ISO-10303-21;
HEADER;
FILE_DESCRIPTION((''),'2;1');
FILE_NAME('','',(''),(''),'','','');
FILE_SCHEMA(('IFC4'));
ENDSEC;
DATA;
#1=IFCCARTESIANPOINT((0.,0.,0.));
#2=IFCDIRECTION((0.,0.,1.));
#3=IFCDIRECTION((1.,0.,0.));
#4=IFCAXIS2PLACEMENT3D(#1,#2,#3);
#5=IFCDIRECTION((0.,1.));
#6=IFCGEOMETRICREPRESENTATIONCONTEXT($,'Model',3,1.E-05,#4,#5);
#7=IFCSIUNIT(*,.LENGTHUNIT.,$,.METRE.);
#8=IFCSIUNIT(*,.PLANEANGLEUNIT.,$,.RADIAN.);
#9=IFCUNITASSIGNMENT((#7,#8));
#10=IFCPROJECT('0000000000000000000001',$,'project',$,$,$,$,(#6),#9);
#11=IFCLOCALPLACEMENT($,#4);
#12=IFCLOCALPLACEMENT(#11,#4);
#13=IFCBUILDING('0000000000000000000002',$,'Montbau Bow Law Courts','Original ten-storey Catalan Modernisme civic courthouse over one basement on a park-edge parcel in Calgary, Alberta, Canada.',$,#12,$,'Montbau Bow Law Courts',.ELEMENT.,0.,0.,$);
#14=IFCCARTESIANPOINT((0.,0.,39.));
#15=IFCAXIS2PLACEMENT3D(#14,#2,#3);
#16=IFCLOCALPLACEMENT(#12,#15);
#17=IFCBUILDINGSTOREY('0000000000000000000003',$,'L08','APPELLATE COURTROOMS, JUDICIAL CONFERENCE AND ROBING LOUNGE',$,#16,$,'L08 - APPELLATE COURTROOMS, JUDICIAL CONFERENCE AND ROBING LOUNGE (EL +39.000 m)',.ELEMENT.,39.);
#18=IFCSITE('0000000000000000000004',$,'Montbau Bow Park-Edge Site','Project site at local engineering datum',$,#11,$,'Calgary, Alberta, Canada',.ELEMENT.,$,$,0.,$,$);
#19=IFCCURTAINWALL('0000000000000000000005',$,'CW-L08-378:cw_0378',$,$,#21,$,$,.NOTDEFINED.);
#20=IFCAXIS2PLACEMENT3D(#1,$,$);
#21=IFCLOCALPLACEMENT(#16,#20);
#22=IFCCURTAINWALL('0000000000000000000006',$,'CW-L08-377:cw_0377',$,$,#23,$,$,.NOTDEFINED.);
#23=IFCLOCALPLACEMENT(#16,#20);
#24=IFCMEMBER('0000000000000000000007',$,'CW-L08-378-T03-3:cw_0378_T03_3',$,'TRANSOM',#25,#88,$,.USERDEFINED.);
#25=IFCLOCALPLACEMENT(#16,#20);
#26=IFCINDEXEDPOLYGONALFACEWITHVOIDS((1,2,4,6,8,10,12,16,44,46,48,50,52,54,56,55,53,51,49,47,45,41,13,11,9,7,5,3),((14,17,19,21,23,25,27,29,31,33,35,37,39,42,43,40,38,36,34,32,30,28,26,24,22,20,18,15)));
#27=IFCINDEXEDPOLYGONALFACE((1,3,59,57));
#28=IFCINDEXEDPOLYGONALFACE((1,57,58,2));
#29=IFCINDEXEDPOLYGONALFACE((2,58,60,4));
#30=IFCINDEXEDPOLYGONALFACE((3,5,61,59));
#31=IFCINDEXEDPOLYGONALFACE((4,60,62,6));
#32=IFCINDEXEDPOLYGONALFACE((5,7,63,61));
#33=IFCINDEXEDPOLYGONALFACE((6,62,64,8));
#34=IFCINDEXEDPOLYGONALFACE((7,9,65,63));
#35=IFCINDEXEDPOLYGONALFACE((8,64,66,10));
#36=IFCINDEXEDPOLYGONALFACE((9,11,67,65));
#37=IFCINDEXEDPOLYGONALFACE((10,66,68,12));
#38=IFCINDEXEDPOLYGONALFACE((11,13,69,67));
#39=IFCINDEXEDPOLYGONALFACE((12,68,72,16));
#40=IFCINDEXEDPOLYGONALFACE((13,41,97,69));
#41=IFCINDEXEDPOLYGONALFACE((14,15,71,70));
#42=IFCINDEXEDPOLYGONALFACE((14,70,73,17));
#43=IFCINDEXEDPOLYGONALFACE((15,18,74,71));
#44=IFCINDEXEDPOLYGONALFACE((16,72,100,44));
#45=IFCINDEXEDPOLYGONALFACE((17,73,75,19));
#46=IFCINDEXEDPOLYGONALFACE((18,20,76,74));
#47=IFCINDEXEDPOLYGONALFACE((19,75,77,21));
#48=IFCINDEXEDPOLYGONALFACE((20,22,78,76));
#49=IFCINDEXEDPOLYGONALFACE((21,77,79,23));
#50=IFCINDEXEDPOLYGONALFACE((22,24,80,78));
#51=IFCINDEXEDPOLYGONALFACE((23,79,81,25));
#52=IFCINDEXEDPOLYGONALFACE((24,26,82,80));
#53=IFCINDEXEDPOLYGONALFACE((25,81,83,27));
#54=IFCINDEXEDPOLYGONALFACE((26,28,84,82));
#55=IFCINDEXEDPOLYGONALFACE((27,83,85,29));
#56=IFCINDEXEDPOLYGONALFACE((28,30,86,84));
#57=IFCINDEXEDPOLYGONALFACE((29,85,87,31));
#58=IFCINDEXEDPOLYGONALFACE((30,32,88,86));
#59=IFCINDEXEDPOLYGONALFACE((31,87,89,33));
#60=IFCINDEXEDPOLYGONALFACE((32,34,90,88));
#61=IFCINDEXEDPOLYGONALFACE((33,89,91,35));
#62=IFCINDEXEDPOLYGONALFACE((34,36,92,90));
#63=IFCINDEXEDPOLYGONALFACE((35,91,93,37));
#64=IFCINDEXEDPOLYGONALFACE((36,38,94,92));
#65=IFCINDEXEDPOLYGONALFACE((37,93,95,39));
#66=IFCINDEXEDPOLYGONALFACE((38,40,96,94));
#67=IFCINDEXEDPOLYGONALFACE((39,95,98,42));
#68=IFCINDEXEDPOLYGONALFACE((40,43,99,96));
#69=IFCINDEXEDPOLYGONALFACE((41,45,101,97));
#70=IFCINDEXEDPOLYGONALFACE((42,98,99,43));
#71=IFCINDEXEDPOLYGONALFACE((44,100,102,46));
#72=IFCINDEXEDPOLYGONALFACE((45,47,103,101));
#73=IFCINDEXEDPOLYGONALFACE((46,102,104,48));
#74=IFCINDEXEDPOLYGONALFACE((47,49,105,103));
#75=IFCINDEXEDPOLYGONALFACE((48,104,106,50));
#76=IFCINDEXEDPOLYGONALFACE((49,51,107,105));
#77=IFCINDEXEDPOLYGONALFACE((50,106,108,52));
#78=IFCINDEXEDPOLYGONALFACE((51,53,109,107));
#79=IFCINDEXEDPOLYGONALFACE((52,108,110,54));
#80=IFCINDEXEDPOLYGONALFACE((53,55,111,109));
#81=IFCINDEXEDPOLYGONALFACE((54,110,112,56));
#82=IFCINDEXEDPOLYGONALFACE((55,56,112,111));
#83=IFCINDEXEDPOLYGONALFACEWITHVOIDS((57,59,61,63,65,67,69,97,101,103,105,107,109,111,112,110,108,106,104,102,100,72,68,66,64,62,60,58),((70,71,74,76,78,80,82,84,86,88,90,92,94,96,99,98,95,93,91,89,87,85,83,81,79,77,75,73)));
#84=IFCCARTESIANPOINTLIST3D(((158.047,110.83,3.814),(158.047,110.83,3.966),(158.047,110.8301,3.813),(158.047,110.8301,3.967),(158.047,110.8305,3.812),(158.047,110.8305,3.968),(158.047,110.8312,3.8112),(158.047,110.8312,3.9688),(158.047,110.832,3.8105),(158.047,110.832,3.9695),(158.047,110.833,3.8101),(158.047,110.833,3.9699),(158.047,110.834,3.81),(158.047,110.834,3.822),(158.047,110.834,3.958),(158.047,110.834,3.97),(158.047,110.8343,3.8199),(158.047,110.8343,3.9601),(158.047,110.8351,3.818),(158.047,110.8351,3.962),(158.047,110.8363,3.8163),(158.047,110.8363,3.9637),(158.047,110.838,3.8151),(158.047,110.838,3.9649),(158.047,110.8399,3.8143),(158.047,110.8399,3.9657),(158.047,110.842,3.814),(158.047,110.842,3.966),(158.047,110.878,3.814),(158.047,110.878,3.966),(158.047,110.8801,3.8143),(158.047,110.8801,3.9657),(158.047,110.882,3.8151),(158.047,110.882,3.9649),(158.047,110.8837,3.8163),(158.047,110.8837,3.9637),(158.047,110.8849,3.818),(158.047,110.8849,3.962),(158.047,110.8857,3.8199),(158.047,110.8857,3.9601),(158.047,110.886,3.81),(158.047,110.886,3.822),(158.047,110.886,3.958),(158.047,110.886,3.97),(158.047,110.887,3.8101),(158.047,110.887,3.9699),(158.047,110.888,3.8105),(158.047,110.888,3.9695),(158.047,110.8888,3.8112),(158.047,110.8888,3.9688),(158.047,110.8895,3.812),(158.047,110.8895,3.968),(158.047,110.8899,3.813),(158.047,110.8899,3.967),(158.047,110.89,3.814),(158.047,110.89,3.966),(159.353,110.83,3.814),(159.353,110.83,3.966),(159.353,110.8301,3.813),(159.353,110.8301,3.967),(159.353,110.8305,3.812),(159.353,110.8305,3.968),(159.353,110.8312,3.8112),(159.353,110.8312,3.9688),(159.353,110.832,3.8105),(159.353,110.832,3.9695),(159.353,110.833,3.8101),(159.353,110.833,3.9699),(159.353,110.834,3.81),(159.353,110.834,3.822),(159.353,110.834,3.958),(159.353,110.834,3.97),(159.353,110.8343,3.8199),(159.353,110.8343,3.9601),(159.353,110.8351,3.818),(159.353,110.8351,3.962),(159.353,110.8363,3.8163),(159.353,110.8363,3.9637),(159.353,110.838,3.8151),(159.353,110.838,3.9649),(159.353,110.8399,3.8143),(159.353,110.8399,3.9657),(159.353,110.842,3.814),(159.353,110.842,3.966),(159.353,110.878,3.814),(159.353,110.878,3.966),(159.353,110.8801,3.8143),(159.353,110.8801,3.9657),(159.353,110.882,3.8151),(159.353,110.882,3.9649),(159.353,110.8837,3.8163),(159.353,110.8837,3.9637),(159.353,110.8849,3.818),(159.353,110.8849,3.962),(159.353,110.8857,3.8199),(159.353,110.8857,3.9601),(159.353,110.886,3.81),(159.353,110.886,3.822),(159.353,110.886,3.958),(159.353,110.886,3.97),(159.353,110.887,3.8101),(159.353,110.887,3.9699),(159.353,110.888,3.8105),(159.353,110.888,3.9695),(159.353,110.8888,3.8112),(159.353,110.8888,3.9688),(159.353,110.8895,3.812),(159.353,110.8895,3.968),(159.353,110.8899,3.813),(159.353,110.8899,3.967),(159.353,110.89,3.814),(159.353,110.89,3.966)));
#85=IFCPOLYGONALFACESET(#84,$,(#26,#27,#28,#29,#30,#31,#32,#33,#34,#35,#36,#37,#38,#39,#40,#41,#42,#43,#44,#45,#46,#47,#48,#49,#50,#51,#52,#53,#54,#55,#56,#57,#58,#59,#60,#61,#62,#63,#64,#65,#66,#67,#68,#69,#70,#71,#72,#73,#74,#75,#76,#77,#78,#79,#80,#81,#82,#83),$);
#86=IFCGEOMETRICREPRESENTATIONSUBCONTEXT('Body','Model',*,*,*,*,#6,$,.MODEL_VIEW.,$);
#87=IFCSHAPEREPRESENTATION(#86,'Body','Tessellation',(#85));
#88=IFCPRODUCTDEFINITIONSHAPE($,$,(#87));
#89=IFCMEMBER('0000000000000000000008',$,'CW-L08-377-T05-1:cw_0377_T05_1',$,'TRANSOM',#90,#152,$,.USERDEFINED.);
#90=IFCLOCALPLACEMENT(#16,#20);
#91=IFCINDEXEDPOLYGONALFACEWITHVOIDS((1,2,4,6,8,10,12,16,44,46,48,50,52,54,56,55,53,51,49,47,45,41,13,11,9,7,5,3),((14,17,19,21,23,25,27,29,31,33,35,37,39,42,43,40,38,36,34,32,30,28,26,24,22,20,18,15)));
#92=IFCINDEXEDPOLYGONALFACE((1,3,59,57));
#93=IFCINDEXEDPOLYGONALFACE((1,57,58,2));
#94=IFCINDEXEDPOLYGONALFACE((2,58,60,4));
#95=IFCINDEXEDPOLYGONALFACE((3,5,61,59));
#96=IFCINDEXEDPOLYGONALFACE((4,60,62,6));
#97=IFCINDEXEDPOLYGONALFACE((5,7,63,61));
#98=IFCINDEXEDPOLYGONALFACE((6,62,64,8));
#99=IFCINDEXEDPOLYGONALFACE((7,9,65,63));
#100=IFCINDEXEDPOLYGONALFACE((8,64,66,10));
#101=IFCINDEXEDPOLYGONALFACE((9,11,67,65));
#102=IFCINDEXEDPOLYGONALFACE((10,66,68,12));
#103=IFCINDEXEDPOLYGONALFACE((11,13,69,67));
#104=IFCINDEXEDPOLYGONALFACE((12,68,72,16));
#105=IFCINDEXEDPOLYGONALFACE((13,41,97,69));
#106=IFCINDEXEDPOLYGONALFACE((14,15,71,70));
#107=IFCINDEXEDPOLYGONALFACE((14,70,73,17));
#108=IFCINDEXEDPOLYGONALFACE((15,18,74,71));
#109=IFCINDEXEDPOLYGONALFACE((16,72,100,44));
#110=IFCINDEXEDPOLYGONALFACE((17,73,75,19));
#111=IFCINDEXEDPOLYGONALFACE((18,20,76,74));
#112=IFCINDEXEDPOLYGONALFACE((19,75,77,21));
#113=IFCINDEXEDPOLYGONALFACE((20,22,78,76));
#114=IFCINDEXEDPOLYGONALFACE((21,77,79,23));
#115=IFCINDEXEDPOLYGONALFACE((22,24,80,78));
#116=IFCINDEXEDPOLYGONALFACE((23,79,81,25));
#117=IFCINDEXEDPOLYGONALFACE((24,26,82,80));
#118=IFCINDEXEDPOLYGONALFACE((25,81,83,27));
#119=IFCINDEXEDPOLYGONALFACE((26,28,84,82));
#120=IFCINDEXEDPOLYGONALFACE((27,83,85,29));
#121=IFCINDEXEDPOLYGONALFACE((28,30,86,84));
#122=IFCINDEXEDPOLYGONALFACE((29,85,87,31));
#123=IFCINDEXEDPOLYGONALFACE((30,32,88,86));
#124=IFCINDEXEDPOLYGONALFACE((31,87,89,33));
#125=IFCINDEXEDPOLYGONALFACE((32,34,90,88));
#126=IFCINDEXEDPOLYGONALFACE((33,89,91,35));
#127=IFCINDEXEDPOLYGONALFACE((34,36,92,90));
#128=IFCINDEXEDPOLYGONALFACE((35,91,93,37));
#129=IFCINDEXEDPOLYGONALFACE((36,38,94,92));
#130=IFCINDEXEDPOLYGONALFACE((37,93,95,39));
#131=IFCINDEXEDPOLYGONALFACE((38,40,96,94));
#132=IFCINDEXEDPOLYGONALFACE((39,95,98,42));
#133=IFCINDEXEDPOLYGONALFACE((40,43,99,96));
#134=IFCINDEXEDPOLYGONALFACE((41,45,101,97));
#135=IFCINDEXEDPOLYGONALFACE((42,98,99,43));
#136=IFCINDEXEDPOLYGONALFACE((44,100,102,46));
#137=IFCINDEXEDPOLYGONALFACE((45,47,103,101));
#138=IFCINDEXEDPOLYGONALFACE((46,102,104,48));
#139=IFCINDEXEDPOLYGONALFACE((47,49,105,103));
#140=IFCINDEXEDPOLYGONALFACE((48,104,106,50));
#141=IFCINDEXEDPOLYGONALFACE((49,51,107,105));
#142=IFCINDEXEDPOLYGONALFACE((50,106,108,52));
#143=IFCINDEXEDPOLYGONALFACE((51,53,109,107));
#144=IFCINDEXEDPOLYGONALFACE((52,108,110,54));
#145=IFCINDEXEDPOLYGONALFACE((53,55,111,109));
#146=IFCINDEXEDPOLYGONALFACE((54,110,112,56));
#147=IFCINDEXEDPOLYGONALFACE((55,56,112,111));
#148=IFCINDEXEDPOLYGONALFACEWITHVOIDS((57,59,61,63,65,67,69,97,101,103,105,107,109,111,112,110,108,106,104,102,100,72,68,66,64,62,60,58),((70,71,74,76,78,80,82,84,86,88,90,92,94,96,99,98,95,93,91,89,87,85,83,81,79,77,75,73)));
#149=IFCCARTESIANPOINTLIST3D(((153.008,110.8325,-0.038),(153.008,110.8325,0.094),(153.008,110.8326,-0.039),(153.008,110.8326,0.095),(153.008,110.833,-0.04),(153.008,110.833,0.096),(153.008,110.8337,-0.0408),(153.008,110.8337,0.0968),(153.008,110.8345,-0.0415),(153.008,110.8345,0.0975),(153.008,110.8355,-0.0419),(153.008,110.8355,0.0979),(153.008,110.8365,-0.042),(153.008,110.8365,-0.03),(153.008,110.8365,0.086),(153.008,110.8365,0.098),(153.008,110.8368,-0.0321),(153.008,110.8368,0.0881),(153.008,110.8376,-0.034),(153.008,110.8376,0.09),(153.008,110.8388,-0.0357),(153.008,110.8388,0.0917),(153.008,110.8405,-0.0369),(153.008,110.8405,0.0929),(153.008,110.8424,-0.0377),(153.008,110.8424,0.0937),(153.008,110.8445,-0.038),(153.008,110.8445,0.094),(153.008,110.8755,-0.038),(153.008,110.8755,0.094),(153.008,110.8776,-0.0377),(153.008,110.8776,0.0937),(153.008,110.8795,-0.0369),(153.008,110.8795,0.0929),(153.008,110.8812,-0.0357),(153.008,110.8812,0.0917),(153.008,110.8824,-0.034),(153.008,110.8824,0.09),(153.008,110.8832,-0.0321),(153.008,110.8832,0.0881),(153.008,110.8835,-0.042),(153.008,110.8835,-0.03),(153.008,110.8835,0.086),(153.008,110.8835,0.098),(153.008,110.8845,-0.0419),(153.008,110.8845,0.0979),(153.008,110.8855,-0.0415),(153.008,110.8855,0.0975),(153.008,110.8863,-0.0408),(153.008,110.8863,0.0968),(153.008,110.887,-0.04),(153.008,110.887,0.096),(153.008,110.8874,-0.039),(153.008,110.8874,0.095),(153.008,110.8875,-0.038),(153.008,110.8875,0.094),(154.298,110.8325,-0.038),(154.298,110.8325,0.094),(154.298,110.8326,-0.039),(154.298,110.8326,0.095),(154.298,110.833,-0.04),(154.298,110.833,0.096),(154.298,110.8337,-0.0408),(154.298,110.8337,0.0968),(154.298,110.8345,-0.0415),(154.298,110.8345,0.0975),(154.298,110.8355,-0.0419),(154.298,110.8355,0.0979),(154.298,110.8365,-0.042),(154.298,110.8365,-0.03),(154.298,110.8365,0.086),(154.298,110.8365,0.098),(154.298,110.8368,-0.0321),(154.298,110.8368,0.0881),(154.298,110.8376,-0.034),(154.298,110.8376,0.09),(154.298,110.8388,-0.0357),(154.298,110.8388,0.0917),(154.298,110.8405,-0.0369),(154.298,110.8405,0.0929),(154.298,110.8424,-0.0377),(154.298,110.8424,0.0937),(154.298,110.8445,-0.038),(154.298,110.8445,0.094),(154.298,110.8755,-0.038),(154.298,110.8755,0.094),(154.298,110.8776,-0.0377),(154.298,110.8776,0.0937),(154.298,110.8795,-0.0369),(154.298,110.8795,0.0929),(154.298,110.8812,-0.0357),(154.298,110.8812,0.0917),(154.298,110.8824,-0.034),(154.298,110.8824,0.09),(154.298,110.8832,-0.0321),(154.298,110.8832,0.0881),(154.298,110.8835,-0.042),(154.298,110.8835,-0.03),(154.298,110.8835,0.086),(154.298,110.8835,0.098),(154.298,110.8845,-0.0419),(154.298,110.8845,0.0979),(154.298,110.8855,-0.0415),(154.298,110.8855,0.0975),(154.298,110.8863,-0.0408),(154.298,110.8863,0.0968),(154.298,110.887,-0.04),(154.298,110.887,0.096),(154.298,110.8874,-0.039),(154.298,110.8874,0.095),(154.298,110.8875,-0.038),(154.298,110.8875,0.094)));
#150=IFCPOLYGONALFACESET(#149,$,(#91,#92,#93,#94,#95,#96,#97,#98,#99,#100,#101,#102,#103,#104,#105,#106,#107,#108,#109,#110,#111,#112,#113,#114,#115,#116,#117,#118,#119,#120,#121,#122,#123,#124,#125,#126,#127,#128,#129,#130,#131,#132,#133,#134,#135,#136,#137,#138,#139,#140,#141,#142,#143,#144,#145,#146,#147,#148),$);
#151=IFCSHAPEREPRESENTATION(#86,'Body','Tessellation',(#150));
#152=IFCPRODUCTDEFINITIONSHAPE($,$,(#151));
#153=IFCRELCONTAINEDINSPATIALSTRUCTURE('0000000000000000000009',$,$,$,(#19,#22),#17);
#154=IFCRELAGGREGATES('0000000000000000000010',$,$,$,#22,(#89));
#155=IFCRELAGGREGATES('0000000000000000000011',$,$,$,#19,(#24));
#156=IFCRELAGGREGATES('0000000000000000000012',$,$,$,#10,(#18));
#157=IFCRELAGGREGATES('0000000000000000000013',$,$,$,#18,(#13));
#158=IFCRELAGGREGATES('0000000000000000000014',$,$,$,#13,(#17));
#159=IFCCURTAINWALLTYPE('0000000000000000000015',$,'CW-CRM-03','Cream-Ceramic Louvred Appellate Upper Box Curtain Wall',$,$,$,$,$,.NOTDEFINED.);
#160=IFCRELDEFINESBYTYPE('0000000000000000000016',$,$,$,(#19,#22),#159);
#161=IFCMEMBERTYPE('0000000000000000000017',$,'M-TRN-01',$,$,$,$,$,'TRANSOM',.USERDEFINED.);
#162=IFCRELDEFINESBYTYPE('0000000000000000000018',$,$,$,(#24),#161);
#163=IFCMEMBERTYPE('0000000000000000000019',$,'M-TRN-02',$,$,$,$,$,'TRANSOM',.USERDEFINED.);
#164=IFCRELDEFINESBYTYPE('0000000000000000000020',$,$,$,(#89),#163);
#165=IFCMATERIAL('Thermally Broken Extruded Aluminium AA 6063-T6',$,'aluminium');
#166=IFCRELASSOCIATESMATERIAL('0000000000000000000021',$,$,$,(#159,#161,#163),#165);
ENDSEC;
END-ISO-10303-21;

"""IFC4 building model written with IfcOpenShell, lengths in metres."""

from ifc_helpers import new_model, si_unit, direction, frame, origin_with_axes, origin_2d_with_axis, place, context, subcontext, project, spatial, hollow_rectangle, extrude, material, material_profile, profile_set, type_object, element, aggregate, save


model = new_model("IFC4")

# Units and contexts
model_context = context("Model", 3, precision=1e-05, world=origin_with_axes(), true_north=direction((0.0, 1.0)))
body_context = subcontext(model_context, "Body", "Model", "MODEL_VIEW")
ifc_project = project(units=[si_unit("LENGTHUNIT", "METRE"), si_unit("PLANEANGLEUNIT", "RADIAN")], contexts=[model_context])

# Site, building, storey
site_placement = place(None, origin_with_axes())
site = spatial("IfcSite", under=ifc_project, at=site_placement, Name="Montbau Bow Park-Edge Site", Description="Project site at local engineering datum", LongName="Calgary, Alberta, Canada", CompositionType="ELEMENT", RefElevation=0.0)
building_placement = place(site_placement, origin_with_axes())
building = spatial("IfcBuilding", under=site, at=building_placement, Name="Montbau Bow Law Courts", Description="Original ten-storey Catalan Modernisme civic courthouse over one basement on a park-edge parcel in Calgary, Alberta, Canada.", LongName="Montbau Bow Law Courts", CompositionType="ELEMENT", ElevationOfRefHeight=0.0, ElevationOfTerrain=0.0)
storey_placement = place(building_placement, frame((0.0, 0.0, 39.0), z_axis=(0.0, 0.0, 1.0), x_axis=(1.0, 0.0, 0.0)))
storey = spatial("IfcBuildingStorey", under=building, at=storey_placement, Name="L08", Description="APPELLATE COURTROOMS, JUDICIAL CONFERENCE AND ROBING LOUNGE", LongName="L08 - APPELLATE COURTROOMS, JUDICIAL CONFERENCE AND ROBING LOUNGE (EL +39.000 m)", CompositionType="ELEMENT", Elevation=39.0)

# Curtain wall
ifc_material_1 = material(Name="Thermally Broken Extruded Aluminium AA 6063-T6", Category="aluminium")
curtain_wall_type = type_object("IfcCurtainWallType", Name="CW-CRM-03", Description="Cream-Ceramic Louvred Appellate Upper Box Curtain Wall", PredefinedType="NOTDEFINED", material=ifc_material_1)
curtain_wall_1_placement = place(None, frame((155.24, 110.86, 39.0), z_axis=(0.0, 0.0, 1.0), x_axis=(1.0, 0.0, 0.0)))
curtain_wall_1 = element("IfcCurtainWall", 1, at=curtain_wall_1_placement, inside=storey, type_object=curtain_wall_type, Name="CW-L08-378:cw_0378", PredefinedType="NOTDEFINED")

# Curtain wall
curtain_wall_2_placement = place(None, frame((147.44, 110.86, 39.0), z_axis=(0.0, 0.0, 1.0), x_axis=(1.0, 0.0, 0.0)))
curtain_wall_2 = element("IfcCurtainWall", 2, at=curtain_wall_2_placement, inside=storey, type_object=curtain_wall_type, Name="CW-L08-377:cw_0377", PredefinedType="NOTDEFINED")

# Members
ifc_material_profile_1 = material_profile(ifc_material_1, hollow_rectangle(XDim=0.06, YDim=0.16, WallThickness=0.004, InnerFilletRadius=0.008, OuterFilletRadius=0.004, at=origin_2d_with_axis()), Name="CWT-160X60", Category="Main", Priority=0)
ifc_profile_set_1 = profile_set([ifc_material_profile_1], Name="Thermally Broken Extruded Aluminium AA 6063-T6")
member_type_1 = type_object("IfcMemberType", Name="M-TRN-01", ElementType="TRANSOM", PredefinedType="USERDEFINED", material=ifc_profile_set_1)
member_1_placement = place(None, frame((158.047, 110.86, 42.89), z_axis=(1.0, 0.0, 0.0), x_axis=(0.0, 1.0, 0.0)))
member_1 = element("IfcMember", 3, at=member_1_placement, type_object=member_type_1, Name="CW-L08-378-T03-3:cw_0378_T03_3", ObjectType="TRANSOM", PredefinedType="USERDEFINED", context=body_context, shape_type="SweptSolid", body=[
    extrude(hollow_rectangle(XDim=0.06, YDim=0.16, WallThickness=0.004, InnerFilletRadius=0.008, OuterFilletRadius=0.004, at=origin_2d_with_axis()), origin_with_axes(), (0.0, 0.0, 1.0), 1.306),
])
ifc_material_profile_2 = material_profile(ifc_material_1, hollow_rectangle(XDim=0.055, YDim=0.14, WallThickness=0.004, InnerFilletRadius=0.008, OuterFilletRadius=0.004, at=origin_2d_with_axis()), Name="CWT-140X55", Category="Main", Priority=0)
ifc_profile_set_2 = profile_set([ifc_material_profile_2], Name="Thermally Broken Extruded Aluminium AA 6063-T6")
member_type_2 = type_object("IfcMemberType", Name="M-TRN-02", ElementType="TRANSOM", PredefinedType="USERDEFINED", material=ifc_profile_set_2)
member_2_placement = place(None, frame((153.008, 110.86, 39.028), z_axis=(1.0, 0.0, 0.0), x_axis=(0.0, 1.0, 0.0)))
member_2 = element("IfcMember", 4, at=member_2_placement, type_object=member_type_2, Name="CW-L08-377-T05-1:cw_0377_T05_1", ObjectType="TRANSOM", PredefinedType="USERDEFINED", context=body_context, shape_type="SweptSolid", body=[
    extrude(hollow_rectangle(XDim=0.055, YDim=0.14, WallThickness=0.004, InnerFilletRadius=0.008, OuterFilletRadius=0.004, at=origin_2d_with_axis()), origin_with_axes(), (0.0, 0.0, 1.0), 1.29),
])

aggregate(curtain_wall_2, [member_2])
aggregate(curtain_wall_1, [member_1])

save(model, "model.ifc")
